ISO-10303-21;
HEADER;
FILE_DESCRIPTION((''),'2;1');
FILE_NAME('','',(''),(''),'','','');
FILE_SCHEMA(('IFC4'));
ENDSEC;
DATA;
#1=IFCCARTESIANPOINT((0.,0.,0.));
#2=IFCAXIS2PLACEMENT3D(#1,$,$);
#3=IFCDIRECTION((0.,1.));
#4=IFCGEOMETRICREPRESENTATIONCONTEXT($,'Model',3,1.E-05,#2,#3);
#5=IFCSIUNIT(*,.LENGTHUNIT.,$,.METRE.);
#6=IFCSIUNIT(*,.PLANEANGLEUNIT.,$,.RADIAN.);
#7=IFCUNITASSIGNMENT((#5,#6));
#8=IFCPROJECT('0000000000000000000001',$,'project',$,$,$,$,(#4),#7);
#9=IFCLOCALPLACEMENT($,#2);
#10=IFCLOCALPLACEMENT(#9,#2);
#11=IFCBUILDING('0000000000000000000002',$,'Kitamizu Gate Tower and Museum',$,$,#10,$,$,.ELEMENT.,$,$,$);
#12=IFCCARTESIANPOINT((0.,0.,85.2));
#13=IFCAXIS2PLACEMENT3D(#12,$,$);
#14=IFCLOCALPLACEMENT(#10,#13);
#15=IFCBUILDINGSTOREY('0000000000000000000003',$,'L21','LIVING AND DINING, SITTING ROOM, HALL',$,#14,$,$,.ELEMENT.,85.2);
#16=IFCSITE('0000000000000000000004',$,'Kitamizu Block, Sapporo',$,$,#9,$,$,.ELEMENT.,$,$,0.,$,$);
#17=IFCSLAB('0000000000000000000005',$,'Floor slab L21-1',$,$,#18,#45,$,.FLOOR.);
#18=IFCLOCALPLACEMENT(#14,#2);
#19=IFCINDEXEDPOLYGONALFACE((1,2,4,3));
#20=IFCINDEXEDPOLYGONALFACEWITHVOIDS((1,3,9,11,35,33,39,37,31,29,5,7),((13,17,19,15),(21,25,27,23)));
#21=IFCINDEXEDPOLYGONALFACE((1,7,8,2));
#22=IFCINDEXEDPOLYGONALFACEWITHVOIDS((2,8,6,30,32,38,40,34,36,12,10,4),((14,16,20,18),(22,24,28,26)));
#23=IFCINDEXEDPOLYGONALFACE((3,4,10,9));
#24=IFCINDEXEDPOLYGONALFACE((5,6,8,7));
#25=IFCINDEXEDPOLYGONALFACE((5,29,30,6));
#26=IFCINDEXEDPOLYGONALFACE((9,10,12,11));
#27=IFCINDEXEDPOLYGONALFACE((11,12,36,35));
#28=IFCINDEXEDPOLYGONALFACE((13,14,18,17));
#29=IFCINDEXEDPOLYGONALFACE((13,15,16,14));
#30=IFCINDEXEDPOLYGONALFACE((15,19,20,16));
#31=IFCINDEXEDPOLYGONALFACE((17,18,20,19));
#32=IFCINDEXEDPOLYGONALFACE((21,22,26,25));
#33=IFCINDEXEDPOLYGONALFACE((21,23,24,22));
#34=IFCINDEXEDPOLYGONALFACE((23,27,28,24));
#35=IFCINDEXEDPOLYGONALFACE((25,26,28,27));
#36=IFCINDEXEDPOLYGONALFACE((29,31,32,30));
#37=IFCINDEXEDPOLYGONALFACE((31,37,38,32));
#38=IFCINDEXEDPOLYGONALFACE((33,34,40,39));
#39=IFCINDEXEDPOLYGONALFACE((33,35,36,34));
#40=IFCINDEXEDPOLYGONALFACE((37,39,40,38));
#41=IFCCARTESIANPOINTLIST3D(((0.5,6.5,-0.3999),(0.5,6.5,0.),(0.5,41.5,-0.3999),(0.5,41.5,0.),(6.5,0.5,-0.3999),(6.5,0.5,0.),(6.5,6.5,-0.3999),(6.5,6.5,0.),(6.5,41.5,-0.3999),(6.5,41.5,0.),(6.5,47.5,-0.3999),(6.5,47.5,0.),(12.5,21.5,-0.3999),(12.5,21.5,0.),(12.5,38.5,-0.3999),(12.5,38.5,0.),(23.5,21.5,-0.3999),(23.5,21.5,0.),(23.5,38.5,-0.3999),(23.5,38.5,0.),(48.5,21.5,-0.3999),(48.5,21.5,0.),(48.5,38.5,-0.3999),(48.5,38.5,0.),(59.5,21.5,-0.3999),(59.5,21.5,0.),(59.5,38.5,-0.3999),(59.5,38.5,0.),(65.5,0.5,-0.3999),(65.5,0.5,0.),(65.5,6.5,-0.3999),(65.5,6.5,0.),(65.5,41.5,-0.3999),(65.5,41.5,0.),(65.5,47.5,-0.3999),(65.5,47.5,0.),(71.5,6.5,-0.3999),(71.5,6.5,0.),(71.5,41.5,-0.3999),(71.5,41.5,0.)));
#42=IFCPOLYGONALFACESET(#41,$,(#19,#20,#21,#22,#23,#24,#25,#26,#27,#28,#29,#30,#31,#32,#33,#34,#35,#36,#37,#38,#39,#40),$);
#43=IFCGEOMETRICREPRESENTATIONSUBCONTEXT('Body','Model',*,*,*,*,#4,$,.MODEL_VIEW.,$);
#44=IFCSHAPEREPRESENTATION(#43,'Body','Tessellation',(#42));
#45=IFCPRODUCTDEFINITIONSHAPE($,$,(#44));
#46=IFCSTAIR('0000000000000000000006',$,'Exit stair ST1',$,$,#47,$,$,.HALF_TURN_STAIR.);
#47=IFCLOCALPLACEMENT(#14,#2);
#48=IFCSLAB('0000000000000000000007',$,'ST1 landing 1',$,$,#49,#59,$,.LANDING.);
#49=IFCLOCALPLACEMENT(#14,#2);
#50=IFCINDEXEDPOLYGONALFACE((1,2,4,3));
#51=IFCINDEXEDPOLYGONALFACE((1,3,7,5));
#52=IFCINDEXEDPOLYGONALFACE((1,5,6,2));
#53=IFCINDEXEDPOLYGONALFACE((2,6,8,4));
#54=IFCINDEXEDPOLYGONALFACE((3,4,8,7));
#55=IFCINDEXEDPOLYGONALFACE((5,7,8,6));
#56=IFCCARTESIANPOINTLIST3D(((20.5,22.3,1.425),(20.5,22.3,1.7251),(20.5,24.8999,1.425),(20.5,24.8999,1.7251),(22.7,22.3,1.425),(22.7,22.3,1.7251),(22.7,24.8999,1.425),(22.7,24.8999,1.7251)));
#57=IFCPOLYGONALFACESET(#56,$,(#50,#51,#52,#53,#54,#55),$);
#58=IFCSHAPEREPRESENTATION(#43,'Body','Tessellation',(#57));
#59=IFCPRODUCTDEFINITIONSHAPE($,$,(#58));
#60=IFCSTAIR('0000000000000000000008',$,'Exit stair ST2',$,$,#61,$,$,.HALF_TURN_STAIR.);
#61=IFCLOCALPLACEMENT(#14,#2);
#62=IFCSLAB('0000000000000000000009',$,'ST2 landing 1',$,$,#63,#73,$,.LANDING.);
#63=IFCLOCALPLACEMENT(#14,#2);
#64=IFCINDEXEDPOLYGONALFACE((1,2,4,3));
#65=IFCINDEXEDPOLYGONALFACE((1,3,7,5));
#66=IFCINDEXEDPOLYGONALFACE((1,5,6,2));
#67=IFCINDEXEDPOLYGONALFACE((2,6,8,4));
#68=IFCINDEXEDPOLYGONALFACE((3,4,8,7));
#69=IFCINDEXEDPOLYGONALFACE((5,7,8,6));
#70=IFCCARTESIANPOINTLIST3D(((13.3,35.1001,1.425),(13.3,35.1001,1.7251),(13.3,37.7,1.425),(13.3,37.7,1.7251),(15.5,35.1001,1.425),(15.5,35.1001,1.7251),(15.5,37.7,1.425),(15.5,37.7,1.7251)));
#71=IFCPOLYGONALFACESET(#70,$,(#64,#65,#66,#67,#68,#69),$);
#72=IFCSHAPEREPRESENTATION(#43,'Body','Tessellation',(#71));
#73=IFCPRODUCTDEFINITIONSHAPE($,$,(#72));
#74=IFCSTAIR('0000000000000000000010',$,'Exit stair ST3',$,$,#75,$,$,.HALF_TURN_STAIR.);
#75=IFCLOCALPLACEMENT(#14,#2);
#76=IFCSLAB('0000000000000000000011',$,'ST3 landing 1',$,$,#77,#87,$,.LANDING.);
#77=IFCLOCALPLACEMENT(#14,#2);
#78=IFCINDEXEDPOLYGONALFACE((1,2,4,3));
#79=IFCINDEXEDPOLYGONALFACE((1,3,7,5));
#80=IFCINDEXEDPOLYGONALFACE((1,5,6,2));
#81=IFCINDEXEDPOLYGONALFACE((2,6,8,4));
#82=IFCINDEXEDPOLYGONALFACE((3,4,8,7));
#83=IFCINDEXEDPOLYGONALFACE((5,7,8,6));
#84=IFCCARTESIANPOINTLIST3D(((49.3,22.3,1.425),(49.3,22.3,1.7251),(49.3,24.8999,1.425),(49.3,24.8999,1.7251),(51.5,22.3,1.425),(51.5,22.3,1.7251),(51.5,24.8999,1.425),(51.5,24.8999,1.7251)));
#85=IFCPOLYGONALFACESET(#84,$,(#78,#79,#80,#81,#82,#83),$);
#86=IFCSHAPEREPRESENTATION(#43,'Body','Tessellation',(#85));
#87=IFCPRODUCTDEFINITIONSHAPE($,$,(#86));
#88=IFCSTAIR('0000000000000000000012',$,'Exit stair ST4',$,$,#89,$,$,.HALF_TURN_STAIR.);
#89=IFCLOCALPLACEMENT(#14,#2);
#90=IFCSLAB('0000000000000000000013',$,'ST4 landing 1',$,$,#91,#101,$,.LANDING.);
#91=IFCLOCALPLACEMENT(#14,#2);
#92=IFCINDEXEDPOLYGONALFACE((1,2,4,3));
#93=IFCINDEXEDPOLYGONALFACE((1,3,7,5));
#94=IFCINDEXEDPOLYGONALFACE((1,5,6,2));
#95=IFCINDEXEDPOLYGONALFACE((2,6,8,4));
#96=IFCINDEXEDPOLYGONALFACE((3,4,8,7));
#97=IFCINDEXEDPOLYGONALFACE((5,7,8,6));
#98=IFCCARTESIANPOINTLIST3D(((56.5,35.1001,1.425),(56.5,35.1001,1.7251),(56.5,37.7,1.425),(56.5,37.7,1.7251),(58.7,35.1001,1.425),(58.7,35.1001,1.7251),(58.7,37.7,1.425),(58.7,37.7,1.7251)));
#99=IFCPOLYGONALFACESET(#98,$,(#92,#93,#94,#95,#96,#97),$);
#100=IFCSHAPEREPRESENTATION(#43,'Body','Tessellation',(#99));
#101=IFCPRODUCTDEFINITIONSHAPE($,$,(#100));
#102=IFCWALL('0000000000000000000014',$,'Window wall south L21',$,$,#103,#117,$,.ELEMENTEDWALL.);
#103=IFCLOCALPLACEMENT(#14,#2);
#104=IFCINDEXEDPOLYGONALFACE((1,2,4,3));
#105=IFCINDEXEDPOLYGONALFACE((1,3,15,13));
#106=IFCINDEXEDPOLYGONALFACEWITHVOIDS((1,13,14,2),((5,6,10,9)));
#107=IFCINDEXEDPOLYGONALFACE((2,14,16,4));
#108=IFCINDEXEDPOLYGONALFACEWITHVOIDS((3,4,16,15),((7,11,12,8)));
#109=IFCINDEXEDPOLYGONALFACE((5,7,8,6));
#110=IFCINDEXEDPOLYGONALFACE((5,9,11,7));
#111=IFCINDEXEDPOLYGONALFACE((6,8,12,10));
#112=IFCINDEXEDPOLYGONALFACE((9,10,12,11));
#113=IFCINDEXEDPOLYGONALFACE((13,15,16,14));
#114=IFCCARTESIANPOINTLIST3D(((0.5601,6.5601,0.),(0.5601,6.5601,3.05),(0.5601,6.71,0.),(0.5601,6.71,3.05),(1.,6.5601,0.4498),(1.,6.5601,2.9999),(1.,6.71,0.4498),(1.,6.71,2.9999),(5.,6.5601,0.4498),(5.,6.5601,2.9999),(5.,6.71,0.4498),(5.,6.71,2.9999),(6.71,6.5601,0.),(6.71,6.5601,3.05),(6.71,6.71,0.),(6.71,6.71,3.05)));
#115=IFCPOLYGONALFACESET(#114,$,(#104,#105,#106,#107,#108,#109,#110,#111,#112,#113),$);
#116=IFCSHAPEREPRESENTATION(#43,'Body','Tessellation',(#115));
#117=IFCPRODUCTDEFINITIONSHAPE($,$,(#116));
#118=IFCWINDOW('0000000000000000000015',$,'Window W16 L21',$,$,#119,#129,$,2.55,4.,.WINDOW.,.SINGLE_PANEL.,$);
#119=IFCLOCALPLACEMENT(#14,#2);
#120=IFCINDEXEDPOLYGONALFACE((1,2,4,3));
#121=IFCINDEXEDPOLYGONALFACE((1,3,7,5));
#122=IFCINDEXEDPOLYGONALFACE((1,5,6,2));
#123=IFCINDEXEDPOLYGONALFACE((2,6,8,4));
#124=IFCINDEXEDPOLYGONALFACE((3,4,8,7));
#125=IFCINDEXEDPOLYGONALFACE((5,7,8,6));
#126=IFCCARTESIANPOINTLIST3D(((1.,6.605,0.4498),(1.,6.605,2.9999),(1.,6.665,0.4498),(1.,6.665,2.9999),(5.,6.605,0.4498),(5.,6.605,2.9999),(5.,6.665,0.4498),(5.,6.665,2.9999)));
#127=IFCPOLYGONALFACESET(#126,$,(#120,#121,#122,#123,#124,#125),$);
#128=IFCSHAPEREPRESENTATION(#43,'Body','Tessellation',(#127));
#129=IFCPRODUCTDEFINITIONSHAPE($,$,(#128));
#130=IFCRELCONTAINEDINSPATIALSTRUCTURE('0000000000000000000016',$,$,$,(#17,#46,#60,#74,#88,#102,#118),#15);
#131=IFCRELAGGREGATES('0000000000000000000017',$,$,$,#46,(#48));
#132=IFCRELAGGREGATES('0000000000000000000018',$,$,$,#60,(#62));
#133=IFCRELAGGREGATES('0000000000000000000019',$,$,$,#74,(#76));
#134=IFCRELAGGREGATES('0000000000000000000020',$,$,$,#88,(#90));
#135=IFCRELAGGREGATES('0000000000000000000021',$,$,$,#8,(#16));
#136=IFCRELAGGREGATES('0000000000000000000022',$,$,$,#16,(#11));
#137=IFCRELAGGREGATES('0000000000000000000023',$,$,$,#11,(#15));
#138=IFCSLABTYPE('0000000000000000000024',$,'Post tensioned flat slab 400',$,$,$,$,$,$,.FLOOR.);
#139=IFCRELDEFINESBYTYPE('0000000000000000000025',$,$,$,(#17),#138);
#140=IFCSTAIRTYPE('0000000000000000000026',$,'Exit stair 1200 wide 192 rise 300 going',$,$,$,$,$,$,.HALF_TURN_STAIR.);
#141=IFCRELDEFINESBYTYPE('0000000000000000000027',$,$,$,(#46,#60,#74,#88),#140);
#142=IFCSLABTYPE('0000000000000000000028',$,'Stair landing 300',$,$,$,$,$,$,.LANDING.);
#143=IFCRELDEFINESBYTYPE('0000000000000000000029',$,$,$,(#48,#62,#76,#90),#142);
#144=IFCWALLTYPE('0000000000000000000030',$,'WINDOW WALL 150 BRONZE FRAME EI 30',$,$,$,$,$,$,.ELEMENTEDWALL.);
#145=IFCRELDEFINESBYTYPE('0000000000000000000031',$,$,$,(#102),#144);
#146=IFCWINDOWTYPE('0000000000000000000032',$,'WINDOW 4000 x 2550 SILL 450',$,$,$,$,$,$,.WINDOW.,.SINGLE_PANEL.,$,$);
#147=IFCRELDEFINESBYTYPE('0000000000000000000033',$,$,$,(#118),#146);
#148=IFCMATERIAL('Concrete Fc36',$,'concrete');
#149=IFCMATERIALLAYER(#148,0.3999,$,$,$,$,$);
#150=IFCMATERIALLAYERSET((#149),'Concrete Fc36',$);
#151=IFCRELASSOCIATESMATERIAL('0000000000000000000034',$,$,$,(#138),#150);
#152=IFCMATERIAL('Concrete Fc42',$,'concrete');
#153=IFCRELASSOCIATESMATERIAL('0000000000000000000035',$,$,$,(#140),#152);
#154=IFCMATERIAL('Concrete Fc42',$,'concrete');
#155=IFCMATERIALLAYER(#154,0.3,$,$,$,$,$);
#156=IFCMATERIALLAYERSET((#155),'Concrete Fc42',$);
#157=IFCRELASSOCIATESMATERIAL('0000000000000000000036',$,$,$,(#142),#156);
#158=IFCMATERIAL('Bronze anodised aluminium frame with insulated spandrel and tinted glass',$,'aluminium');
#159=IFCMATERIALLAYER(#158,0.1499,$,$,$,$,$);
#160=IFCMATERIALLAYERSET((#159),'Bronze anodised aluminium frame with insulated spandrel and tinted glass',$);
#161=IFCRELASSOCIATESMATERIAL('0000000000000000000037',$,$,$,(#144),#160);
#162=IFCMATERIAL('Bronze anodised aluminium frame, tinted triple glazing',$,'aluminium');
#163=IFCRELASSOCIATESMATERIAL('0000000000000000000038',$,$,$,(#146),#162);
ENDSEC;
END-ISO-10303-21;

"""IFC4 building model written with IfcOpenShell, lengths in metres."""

from ifc_helpers import new_model, si_unit, direction, frame, frame_2d, origin, place, context, subcontext, project, spatial, polyline, rectangle, outline, extrude, material, layer, layer_set, type_object, element, fill, aggregate, save


model = new_model("IFC4")

# Units and contexts
model_context = context("Model", 3, precision=1e-05, world=origin(), true_north=direction((0.0, 1.0)))
body_context = subcontext(model_context, "Body", "Model", "MODEL_VIEW")
ifc_project = project(units=[si_unit("LENGTHUNIT", "METRE"), si_unit("PLANEANGLEUNIT", "RADIAN")], contexts=[model_context])

# Site, building, storey
site_placement = place(None, origin())
site = spatial("IfcSite", under=ifc_project, at=site_placement, Name="Kitamizu Block, Sapporo", CompositionType="ELEMENT", RefElevation=0.0)
building_placement = place(site_placement, origin())
building = spatial("IfcBuilding", under=site, at=building_placement, Name="Kitamizu Gate Tower and Museum", CompositionType="ELEMENT")
storey_placement = place(building_placement, frame((0.0, 0.0, 85.2)))
storey = spatial("IfcBuildingStorey", under=building, at=storey_placement, Name="L21", Description="LIVING AND DINING, SITTING ROOM, HALL", CompositionType="ELEMENT", Elevation=85.2)

# Slab
ifc_material_1 = material(Name="Concrete Fc36", Category="concrete")
ifc_layer_1 = layer(ifc_material_1, 0.3999)
ifc_layer_set_1 = layer_set([ifc_layer_1], Name="Concrete Fc36")
slab_type_1 = type_object("IfcSlabType", Name="Post tensioned flat slab 400", PredefinedType="FLOOR", material=ifc_layer_set_1)
slab_1_placement = place(storey_placement, frame((0.0, 0.0, -0.3999)))
element("IfcSlab", 1, at=slab_1_placement, inside=storey, type_object=slab_type_1, Name="Floor slab L21-1", PredefinedType="FLOOR", context=body_context, shape_type="SweptSolid", body=[
    extrude(outline(polyline([(0.5, 6.5), (0.5, 41.5), (6.5, 41.5), (6.5, 47.5), (65.5, 47.5), (65.5, 41.5), (71.5, 41.5), (71.5, 6.5), (65.5, 6.5), (65.5, 0.5), (6.5, 0.5), (6.5, 6.5), (0.5, 6.5)]), holes=[polyline([(59.5, 38.5), (48.5, 38.5), (48.5, 21.5), (59.5, 21.5), (59.5, 38.5)]), polyline([(12.5, 38.5), (12.5, 21.5), (23.5, 21.5), (23.5, 38.5), (12.5, 38.5)])]), origin(), (0.0, 0.0, 1.0), 0.3999),
])

# Stairs, slabs
ifc_material_2 = material(Name="Concrete Fc42", Category="concrete")
stair_type = type_object("IfcStairType", Name="Exit stair 1200 wide 192 rise 300 going", PredefinedType="HALF_TURN_STAIR", material=ifc_material_2)
stair_1_placement = place(storey_placement, origin())
stair_1 = element("IfcStair", 2, at=stair_1_placement, inside=storey, type_object=stair_type, Name="Exit stair ST1", PredefinedType="HALF_TURN_STAIR")
ifc_material_3 = material(Name="Concrete Fc42", Category="concrete")
ifc_layer_2 = layer(ifc_material_3, 0.3)
ifc_layer_set_2 = layer_set([ifc_layer_2], Name="Concrete Fc42")
slab_type_2 = type_object("IfcSlabType", Name="Stair landing 300", PredefinedType="LANDING", material=ifc_layer_set_2)
slab_2_placement = place(storey_placement, frame((0.0, 0.0, 1.425)))
slab_2 = element("IfcSlab", 3, at=slab_2_placement, type_object=slab_type_2, Name="ST1 landing 1", PredefinedType="LANDING", context=body_context, shape_type="SweptSolid", body=[
    extrude(outline(polyline([(20.5, 22.3), (22.7, 22.3), (22.7, 24.8999), (20.5, 24.8999), (20.5, 22.3)])), origin(), (0.0, 0.0, 1.0), 0.3),
])
aggregate(stair_1, [slab_2])
stair_2_placement = place(storey_placement, origin())
stair_2 = element("IfcStair", 4, at=stair_2_placement, inside=storey, type_object=stair_type, Name="Exit stair ST2", PredefinedType="HALF_TURN_STAIR")
slab_3_placement = place(storey_placement, frame((0.0, 0.0, 1.425)))
slab_3 = element("IfcSlab", 5, at=slab_3_placement, type_object=slab_type_2, Name="ST2 landing 1", PredefinedType="LANDING", context=body_context, shape_type="SweptSolid", body=[
    extrude(outline(polyline([(13.3, 35.1001), (15.5, 35.1001), (15.5, 37.7), (13.3, 37.7), (13.3, 35.1001)])), origin(), (0.0, 0.0, 1.0), 0.3),
])
aggregate(stair_2, [slab_3])
stair_3_placement = place(storey_placement, origin())
stair_3 = element("IfcStair", 6, at=stair_3_placement, inside=storey, type_object=stair_type, Name="Exit stair ST3", PredefinedType="HALF_TURN_STAIR")
slab_4_placement = place(storey_placement, frame((0.0, 0.0, 1.425)))
slab_4 = element("IfcSlab", 7, at=slab_4_placement, type_object=slab_type_2, Name="ST3 landing 1", PredefinedType="LANDING", context=body_context, shape_type="SweptSolid", body=[
    extrude(outline(polyline([(49.3, 22.3), (51.5, 22.3), (51.5, 24.8999), (49.3, 24.8999), (49.3, 22.3)])), origin(), (0.0, 0.0, 1.0), 0.3),
])
aggregate(stair_3, [slab_4])
stair_4_placement = place(storey_placement, origin())
stair_4 = element("IfcStair", 8, at=stair_4_placement, inside=storey, type_object=stair_type, Name="Exit stair ST4", PredefinedType="HALF_TURN_STAIR")
slab_5_placement = place(storey_placement, frame((0.0, 0.0, 1.425)))
slab_5 = element("IfcSlab", 9, at=slab_5_placement, type_object=slab_type_2, Name="ST4 landing 1", PredefinedType="LANDING", context=body_context, shape_type="SweptSolid", body=[
    extrude(outline(polyline([(56.5, 35.1001), (58.7, 35.1001), (58.7, 37.7), (56.5, 37.7), (56.5, 35.1001)])), origin(), (0.0, 0.0, 1.0), 0.3),
])
aggregate(stair_4, [slab_5])

# Shared definitions
ifc_material_4 = material(Name="Bronze anodised aluminium frame with insulated spandrel and tinted glass", Category="aluminium")
ifc_layer_3 = layer(ifc_material_4, 0.1499)
ifc_layer_set_3 = layer_set([ifc_layer_3], Name="Bronze anodised aluminium frame with insulated spandrel and tinted glass")
wall_type = type_object("IfcWallType", Name="WINDOW WALL 150 BRONZE FRAME EI 30", PredefinedType="ELEMENTEDWALL", material=ifc_layer_set_3)

# Wall, opening, window
wall_1_placement = place(storey_placement, frame((0.5601, 6.635, 0.0), z_axis=(0.0, 0.0, 1.0), x_axis=(1.0, 0.0, 0.0)))
wall_1 = element("IfcWall", 10, at=wall_1_placement, inside=storey, type_object=wall_type, Name="Window wall south L21", PredefinedType="ELEMENTEDWALL", context=body_context, shape_type="SweptSolid", body=[
    extrude(rectangle(XDim=6.1499, YDim=0.1499, at=frame_2d((3.075, 0.0))), origin(), (0.0, 0.0, 1.0), 3.05),
])
opening_1_placement = place(wall_1_placement, frame((0.4399, 0.0, 0.45)))
opening_1 = element("IfcOpeningElement", 11, at=opening_1_placement, cuts=wall_1, PredefinedType="OPENING", context=body_context, shape_type="SweptSolid", body=[
    extrude(rectangle(XDim=4.0, YDim=2.55, at=frame_2d((2.0, 1.2749))), frame((0.0, 0.085, 0.0), z_axis=(0.0, -1.0, 0.0), x_axis=(1.0, 0.0, 0.0)), (0.0, 0.0, 1.0), 0.1699),
])
ifc_material_5 = material(Name="Bronze anodised aluminium frame, tinted triple glazing", Category="aluminium")
window_type_1 = type_object("IfcWindowType", Name="WINDOW 4000 x 2550 SILL 450", PartitioningType="SINGLE_PANEL", PredefinedType="WINDOW", material=ifc_material_5)
window_1_placement = place(opening_1_placement, origin())
window_1 = element("IfcWindow", 12, at=window_1_placement, inside=storey, type_object=window_type_1, Name="Window W16 L21", OverallHeight=2.55, OverallWidth=4.0, PartitioningType="SINGLE_PANEL", PredefinedType="WINDOW", context=body_context, shape_type="SweptSolid", body=[
    extrude(rectangle(XDim=4.0, YDim=2.55, at=frame_2d((2.0, 1.2749))), frame((0.0, 0.03, 0.0), z_axis=(0.0, -1.0, 0.0), x_axis=(1.0, 0.0, 0.0)), (0.0, 0.0, 1.0), 0.0601),
])
fill(opening_1, window_1)

save(model, "model.ifc")
